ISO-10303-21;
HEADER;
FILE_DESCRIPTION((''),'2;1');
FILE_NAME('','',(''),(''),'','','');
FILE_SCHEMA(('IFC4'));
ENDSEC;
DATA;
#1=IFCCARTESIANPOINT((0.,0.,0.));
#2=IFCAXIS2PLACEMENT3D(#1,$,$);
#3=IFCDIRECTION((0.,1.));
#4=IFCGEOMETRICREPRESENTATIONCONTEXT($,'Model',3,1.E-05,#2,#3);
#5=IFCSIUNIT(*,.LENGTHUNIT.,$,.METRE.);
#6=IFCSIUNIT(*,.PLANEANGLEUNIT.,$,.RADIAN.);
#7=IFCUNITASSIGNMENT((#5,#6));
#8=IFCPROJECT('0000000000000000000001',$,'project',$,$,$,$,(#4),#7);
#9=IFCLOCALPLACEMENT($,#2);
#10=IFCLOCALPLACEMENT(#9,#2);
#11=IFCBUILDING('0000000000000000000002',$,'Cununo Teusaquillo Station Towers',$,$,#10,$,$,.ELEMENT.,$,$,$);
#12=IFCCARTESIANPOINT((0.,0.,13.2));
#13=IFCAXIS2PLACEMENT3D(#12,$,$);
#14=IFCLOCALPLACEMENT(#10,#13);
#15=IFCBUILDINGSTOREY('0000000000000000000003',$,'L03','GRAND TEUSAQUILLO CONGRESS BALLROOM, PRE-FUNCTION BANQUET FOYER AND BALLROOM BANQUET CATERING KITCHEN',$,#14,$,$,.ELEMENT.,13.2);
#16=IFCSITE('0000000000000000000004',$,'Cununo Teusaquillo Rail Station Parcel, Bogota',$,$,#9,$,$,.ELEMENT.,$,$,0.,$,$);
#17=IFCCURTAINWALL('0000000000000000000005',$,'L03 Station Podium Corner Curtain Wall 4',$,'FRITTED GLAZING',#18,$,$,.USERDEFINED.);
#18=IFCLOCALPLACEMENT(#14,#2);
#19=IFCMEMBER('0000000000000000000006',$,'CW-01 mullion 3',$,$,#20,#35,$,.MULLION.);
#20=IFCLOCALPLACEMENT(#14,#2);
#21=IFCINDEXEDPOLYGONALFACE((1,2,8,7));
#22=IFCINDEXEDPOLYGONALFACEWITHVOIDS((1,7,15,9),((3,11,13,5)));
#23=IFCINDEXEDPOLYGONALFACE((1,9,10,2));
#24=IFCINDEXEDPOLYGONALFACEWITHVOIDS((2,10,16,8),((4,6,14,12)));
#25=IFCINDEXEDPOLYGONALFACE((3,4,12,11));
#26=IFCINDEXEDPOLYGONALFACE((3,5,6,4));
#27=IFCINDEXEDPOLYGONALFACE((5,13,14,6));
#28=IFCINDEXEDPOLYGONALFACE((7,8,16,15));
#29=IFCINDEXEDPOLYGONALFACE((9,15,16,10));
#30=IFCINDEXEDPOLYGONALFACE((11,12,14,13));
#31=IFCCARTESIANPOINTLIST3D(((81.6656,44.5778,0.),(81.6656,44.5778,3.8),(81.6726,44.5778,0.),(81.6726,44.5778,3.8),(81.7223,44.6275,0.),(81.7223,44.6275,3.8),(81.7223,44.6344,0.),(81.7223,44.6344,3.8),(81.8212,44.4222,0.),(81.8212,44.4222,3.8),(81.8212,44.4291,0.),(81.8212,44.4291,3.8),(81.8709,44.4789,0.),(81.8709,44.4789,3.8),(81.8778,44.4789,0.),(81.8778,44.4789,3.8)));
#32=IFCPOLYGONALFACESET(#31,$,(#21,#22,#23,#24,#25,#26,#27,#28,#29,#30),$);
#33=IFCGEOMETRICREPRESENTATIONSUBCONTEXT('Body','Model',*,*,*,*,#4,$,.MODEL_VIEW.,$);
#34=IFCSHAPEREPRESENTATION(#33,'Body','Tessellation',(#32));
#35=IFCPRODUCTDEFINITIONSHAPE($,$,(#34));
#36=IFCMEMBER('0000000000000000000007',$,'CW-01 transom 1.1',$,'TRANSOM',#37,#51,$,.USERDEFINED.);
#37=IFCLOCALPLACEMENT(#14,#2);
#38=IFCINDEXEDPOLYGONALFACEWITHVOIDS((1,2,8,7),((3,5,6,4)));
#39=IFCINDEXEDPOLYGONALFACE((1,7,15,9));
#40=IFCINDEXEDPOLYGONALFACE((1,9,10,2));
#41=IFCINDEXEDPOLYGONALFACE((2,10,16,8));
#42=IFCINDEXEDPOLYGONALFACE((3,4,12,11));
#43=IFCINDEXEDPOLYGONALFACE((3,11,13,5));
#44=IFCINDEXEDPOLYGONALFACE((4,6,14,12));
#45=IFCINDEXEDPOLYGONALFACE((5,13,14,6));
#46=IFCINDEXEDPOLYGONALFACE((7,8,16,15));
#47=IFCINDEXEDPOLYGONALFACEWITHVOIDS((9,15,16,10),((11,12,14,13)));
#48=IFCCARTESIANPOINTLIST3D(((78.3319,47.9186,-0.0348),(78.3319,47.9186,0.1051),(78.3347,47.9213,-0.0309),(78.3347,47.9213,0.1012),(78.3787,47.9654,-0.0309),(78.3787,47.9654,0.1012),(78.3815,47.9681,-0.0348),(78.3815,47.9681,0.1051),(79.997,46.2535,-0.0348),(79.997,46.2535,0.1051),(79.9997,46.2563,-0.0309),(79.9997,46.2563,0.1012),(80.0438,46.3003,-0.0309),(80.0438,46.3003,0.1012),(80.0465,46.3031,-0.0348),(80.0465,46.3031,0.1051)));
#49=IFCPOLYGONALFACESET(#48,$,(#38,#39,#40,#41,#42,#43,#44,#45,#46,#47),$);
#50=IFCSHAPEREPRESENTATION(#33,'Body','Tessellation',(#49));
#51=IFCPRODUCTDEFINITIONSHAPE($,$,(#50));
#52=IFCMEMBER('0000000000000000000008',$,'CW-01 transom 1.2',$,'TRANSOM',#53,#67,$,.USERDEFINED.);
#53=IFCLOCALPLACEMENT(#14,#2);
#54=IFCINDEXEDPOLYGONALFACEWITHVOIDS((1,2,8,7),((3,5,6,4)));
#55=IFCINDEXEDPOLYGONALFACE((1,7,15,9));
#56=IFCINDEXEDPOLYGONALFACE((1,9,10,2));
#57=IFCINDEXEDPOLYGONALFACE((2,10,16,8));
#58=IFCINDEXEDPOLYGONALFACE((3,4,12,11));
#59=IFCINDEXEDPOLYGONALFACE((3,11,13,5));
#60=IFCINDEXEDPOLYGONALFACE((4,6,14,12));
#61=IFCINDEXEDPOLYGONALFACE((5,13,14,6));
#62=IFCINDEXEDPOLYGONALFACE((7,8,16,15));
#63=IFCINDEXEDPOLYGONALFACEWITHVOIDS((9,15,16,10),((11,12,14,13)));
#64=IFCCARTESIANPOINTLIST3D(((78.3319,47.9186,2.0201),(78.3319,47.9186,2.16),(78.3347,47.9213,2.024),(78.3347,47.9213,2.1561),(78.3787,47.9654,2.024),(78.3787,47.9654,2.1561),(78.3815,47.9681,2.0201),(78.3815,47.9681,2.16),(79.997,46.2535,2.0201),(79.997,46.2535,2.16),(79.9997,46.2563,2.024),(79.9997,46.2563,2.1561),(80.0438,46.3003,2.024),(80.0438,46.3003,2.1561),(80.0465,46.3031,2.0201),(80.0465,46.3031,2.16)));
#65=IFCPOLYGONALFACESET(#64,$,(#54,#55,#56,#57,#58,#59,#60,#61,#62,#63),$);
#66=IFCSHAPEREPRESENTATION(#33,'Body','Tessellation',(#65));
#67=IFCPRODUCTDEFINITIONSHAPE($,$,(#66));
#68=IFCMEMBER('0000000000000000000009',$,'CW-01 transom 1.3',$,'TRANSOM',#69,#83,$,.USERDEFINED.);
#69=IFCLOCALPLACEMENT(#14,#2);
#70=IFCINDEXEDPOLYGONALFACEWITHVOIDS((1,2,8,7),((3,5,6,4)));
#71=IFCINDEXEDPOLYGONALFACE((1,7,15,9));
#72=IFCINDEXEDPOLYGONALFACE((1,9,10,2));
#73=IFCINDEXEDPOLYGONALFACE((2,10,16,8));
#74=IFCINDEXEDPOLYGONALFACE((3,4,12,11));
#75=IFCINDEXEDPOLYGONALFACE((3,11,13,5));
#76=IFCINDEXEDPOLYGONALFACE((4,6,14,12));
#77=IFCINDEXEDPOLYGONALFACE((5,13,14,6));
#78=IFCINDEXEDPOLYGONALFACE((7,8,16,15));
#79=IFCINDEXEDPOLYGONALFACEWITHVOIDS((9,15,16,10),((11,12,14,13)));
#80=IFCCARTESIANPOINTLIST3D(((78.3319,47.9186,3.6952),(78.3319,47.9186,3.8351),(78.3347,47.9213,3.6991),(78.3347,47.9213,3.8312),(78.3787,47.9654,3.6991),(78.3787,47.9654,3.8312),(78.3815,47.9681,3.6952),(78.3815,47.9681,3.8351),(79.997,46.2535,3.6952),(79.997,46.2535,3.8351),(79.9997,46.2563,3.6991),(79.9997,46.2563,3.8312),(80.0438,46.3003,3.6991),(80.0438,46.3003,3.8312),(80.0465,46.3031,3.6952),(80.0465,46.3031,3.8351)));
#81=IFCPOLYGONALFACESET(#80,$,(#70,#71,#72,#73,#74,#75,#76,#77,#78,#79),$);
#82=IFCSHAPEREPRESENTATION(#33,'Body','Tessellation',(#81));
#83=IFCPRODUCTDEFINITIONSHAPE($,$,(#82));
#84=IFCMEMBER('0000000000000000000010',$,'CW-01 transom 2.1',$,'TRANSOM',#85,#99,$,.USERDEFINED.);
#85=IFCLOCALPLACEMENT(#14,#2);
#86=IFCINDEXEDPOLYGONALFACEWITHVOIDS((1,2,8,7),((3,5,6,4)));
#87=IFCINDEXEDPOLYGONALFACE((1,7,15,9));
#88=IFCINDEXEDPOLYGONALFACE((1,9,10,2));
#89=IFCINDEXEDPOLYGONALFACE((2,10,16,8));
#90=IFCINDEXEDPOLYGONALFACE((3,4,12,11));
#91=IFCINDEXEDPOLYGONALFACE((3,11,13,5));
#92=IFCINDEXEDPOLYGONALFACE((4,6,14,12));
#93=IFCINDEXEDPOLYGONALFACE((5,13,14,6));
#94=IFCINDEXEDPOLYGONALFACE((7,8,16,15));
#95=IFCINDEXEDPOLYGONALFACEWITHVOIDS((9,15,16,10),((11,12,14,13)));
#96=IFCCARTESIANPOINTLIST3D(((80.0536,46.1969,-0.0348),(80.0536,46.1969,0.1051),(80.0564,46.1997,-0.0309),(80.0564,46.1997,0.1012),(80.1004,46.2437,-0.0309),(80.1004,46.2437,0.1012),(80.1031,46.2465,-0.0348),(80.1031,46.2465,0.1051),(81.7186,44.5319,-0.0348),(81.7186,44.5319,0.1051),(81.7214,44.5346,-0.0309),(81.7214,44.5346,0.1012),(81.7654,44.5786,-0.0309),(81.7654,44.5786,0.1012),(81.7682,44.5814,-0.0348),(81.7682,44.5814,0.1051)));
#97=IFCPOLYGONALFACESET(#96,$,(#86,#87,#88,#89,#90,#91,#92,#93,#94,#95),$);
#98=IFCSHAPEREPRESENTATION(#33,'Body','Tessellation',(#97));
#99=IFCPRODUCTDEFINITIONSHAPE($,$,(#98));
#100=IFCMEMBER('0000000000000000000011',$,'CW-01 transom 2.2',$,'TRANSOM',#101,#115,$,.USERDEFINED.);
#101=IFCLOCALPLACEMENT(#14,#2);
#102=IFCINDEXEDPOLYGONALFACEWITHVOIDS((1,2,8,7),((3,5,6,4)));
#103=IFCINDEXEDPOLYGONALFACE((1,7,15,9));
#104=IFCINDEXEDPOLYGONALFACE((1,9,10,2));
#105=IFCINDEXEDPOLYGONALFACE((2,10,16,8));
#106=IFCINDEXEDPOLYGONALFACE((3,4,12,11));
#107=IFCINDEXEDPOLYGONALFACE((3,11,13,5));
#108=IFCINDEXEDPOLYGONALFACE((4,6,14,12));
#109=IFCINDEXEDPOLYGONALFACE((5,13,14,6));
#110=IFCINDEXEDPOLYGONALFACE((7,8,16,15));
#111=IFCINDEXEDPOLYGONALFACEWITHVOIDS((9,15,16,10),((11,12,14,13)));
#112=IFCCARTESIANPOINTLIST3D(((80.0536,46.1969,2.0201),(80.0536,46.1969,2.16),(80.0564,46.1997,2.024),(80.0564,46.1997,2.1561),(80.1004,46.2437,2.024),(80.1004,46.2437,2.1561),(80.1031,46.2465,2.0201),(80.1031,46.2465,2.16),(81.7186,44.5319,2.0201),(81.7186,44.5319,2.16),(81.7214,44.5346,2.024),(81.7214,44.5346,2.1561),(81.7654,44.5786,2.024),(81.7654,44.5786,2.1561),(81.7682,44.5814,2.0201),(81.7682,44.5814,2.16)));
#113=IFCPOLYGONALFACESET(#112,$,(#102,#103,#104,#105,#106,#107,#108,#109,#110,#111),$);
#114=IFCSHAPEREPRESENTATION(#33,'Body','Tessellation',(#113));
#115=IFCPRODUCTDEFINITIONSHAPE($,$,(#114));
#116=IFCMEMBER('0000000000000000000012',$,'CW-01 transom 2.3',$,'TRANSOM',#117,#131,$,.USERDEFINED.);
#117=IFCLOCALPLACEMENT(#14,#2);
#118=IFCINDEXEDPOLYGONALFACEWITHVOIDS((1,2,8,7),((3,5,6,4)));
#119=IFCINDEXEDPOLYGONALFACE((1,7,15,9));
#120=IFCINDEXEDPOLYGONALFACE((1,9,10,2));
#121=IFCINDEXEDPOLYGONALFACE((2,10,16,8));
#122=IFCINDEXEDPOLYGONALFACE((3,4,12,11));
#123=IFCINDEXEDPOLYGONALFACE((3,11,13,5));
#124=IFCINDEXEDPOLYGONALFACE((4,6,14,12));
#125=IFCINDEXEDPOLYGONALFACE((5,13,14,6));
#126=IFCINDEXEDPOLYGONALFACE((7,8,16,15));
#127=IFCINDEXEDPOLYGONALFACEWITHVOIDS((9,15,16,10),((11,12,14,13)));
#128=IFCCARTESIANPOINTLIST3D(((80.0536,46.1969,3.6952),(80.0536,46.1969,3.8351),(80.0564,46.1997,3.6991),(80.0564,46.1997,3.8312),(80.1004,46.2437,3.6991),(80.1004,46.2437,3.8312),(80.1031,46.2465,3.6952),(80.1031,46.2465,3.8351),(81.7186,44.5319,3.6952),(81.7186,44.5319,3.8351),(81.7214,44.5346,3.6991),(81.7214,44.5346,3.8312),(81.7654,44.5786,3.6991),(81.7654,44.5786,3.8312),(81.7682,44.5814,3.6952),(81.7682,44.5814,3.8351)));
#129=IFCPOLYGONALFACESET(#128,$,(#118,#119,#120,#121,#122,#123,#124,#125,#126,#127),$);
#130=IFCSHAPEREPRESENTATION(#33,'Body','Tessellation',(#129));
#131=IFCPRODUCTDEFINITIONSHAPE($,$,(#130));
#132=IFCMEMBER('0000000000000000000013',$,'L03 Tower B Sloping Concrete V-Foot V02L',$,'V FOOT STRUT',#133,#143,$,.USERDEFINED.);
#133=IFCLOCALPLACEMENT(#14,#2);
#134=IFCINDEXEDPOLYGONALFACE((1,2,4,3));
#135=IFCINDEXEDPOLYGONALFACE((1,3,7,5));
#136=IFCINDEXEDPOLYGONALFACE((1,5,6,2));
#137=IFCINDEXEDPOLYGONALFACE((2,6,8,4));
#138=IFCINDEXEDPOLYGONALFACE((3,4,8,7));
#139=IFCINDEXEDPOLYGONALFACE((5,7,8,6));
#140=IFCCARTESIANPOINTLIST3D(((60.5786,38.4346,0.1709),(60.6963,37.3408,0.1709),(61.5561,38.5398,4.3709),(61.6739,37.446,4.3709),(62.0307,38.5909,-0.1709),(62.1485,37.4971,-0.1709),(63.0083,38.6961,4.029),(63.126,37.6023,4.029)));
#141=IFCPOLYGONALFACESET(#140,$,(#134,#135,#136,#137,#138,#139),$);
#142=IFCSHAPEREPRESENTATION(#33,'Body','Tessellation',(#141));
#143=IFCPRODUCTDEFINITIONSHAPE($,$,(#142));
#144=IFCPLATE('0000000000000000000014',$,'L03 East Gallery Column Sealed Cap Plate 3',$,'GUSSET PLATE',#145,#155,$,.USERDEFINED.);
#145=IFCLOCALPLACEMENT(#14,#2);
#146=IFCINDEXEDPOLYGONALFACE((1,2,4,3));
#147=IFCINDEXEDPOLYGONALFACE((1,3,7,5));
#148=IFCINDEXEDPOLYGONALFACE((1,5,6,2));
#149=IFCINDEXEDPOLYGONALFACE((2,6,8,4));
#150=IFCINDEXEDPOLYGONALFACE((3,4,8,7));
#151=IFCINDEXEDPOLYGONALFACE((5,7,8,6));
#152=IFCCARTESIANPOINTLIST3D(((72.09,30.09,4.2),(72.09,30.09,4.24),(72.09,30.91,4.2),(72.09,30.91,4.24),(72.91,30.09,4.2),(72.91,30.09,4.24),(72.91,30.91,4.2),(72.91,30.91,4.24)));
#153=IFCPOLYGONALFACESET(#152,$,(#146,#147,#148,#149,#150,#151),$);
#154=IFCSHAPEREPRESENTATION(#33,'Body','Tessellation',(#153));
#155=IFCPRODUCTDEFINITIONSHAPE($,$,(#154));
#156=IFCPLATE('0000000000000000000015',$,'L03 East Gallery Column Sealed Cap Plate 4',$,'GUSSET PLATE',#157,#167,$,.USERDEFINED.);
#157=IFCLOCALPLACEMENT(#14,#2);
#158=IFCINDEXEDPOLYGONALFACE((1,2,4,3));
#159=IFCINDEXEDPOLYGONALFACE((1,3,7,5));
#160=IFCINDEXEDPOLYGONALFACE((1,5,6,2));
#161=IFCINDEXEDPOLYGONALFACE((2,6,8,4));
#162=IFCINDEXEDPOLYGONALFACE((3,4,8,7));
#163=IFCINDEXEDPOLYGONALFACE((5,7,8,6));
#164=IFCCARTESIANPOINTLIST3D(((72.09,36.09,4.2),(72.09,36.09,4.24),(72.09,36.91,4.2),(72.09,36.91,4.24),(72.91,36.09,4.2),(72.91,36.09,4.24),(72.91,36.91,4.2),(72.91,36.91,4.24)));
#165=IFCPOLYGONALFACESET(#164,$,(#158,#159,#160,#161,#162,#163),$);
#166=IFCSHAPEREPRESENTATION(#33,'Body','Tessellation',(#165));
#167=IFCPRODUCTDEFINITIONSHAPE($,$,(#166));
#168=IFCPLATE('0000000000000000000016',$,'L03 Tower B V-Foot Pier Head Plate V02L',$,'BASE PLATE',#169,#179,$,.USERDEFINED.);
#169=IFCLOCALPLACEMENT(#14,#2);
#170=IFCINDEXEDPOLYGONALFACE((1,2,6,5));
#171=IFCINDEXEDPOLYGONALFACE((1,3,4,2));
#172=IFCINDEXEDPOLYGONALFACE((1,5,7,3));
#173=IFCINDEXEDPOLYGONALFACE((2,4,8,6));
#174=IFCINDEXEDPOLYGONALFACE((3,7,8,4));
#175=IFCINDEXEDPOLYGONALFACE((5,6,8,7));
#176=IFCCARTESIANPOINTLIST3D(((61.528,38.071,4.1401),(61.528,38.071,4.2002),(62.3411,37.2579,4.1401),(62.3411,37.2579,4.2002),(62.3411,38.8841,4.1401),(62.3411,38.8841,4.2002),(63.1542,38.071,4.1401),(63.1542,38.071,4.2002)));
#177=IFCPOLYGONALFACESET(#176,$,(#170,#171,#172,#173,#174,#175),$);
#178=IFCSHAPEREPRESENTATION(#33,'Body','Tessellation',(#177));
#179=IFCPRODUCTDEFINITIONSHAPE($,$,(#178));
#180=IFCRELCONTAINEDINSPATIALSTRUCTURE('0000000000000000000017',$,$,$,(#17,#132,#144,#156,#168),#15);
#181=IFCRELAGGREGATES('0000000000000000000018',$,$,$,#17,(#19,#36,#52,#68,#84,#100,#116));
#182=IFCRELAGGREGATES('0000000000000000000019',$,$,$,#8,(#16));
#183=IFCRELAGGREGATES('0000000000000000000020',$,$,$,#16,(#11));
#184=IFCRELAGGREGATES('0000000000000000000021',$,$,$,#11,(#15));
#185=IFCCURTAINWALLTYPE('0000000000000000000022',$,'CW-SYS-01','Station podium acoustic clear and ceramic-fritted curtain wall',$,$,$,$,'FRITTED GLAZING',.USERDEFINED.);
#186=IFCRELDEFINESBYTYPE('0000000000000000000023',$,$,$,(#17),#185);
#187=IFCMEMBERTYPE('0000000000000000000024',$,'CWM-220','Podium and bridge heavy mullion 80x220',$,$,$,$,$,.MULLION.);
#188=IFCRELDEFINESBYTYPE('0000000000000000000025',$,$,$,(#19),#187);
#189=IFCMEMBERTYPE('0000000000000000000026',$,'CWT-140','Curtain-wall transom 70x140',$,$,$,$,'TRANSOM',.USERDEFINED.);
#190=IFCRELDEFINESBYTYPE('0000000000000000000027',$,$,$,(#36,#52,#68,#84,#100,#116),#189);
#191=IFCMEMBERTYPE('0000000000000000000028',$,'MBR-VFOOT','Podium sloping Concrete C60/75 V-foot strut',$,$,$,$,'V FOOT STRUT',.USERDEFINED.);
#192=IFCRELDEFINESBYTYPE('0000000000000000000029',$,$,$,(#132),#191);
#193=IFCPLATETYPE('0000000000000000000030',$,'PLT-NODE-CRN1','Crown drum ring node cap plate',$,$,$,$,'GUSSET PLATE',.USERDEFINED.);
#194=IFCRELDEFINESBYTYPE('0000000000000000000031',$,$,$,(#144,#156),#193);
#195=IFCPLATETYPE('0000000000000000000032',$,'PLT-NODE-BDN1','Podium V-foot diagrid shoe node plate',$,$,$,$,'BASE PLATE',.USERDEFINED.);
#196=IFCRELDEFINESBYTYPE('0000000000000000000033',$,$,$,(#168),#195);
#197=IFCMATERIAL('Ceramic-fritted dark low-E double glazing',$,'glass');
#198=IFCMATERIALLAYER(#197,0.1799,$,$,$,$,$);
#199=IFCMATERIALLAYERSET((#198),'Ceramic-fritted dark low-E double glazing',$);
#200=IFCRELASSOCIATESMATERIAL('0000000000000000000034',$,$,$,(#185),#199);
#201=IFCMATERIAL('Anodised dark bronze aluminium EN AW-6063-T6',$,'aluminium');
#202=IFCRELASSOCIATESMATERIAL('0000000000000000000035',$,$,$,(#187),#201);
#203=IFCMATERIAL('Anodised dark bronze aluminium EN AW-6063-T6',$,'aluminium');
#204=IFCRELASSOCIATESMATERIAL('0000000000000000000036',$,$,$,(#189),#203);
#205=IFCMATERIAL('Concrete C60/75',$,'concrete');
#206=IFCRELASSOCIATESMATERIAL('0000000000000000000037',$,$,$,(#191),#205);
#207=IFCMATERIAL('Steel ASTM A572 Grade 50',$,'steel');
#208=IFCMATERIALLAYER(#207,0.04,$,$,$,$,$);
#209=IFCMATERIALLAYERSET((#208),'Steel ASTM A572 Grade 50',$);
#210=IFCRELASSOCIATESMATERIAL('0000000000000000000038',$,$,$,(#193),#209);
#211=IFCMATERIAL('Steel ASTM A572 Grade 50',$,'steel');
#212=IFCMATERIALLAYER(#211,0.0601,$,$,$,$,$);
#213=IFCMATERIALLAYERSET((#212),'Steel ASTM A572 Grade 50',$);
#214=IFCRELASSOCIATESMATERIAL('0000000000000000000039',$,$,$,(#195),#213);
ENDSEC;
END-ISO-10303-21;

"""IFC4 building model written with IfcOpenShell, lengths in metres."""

from ifc_helpers import new_model, si_unit, direction, frame, origin, origin_2d, place, context, subcontext, project, spatial, rectangle, hollow_rectangle, extrude, source, transform, mapped, material, layer, layer_set, material_profile, profile_set, type_object, element, aggregate, save


model = new_model("IFC4")

# Units and contexts
model_context = context("Model", 3, precision=1e-05, world=origin(), true_north=direction((0.0, 1.0)))
body_context = subcontext(model_context, "Body", "Model", "MODEL_VIEW")
ifc_project = project(units=[si_unit("LENGTHUNIT", "METRE"), si_unit("PLANEANGLEUNIT", "RADIAN")], contexts=[model_context])

# Site, building, storey
site_placement = place(None, origin())
site = spatial("IfcSite", under=ifc_project, at=site_placement, Name="Cununo Teusaquillo Rail Station Parcel, Bogota", CompositionType="ELEMENT", RefElevation=0.0)
building_placement = place(site_placement, origin())
building = spatial("IfcBuilding", under=site, at=building_placement, Name="Cununo Teusaquillo Station Towers", CompositionType="ELEMENT")
storey_placement = place(building_placement, frame((0.0, 0.0, 13.2)))
storey = spatial("IfcBuildingStorey", under=building, at=storey_placement, Name="L03", Description="GRAND TEUSAQUILLO CONGRESS BALLROOM, PRE-FUNCTION BANQUET FOYER AND BALLROOM BANQUET CATERING KITCHEN", CompositionType="ELEMENT", Elevation=13.2)

# Curtain wall, members
ifc_material_1 = material(Name="Ceramic-fritted dark low-E double glazing", Category="glass")
ifc_layer_1 = layer(ifc_material_1, 0.1799)
ifc_layer_set_1 = layer_set([ifc_layer_1], Name="Ceramic-fritted dark low-E double glazing")
curtain_wall_type = type_object("IfcCurtainWallType", Name="CW-SYS-01", Description="Station podium acoustic clear and ceramic-fritted curtain wall", ElementType="FRITTED GLAZING", PredefinedType="USERDEFINED", material=ifc_layer_set_1)
curtain_wall_placement = place(storey_placement, origin())
curtain_wall = element("IfcCurtainWall", 1, at=curtain_wall_placement, inside=storey, type_object=curtain_wall_type, Name="L03 Station Podium Corner Curtain Wall 4", ObjectType="FRITTED GLAZING", PredefinedType="USERDEFINED")
ifc_material_2 = material(Name="Anodised dark bronze aluminium EN AW-6063-T6", Category="aluminium")
ifc_material_profile_1 = material_profile(ifc_material_2, hollow_rectangle(XDim=0.0801, YDim=0.22, WallThickness=0.0049, at=origin_2d()), Name="CW-MULL-80x220")
ifc_profile_set_1 = profile_set([ifc_material_profile_1], Name="Anodised dark bronze aluminium EN AW-6063-T6")
member_type_1 = type_object("IfcMemberType", Name="CWM-220", Description="Podium and bridge heavy mullion 80x220", PredefinedType="MULLION", material=ifc_profile_set_1)
member_1_placement = place(storey_placement, frame((81.7717, 44.5283, 0.0), z_axis=(0.0, 0.0, 1.0), x_axis=(0.707107, 0.707107, 0.0)))
member_1 = element("IfcMember", 2, at=member_1_placement, type_object=member_type_1, Name="CW-01 mullion 3", PredefinedType="MULLION", context=body_context, shape_type="SweptSolid", body=[
    extrude(hollow_rectangle(XDim=0.0801, YDim=0.22, WallThickness=0.0049, at=origin_2d()), origin(), (0.0, 0.0, 1.0), 3.8),
])
ifc_material_3 = material(Name="Anodised dark bronze aluminium EN AW-6063-T6", Category="aluminium")
ifc_material_profile_2 = material_profile(ifc_material_3, hollow_rectangle(XDim=0.0701, YDim=0.1399, WallThickness=0.0039, at=origin_2d()), Name="CW-TRAN-70x140")
ifc_profile_set_2 = profile_set([ifc_material_profile_2], Name="Anodised dark bronze aluminium EN AW-6063-T6")
member_type_2 = type_object("IfcMemberType", Name="CWT-140", Description="Curtain-wall transom 70x140", ElementType="TRANSOM", PredefinedType="USERDEFINED", material=ifc_profile_set_2)
member_2_placement = place(storey_placement, frame((78.3567, 47.9434, 0.0352), z_axis=(0.707107, -0.707107, 0.0), x_axis=(0.707107, 0.707107, 0.0)))
member_2 = element("IfcMember", 3, at=member_2_placement, type_object=member_type_2, Name="CW-01 transom 1.1", ObjectType="TRANSOM", PredefinedType="USERDEFINED", context=body_context, shape_type="SweptSolid", body=[
    extrude(hollow_rectangle(XDim=0.0701, YDim=0.1399, WallThickness=0.0039, at=origin_2d()), origin(), (0.0, 0.0, 1.0), 2.3547),
])
member_3_placement = place(storey_placement, frame((78.3567, 47.9434, 2.0901), z_axis=(0.707107, -0.707107, 0.0), x_axis=(0.707107, 0.707107, 0.0)))
member_3 = element("IfcMember", 4, at=member_3_placement, type_object=member_type_2, Name="CW-01 transom 1.2", ObjectType="TRANSOM", PredefinedType="USERDEFINED", context=body_context, shape_type="SweptSolid", body=[
    extrude(hollow_rectangle(XDim=0.0701, YDim=0.1399, WallThickness=0.0039, at=origin_2d()), origin(), (0.0, 0.0, 1.0), 2.3547),
])
member_4_placement = place(storey_placement, frame((78.3567, 47.9434, 3.7651), z_axis=(0.707107, -0.707107, 0.0), x_axis=(0.707107, 0.707107, 0.0)))
member_4 = element("IfcMember", 5, at=member_4_placement, type_object=member_type_2, Name="CW-01 transom 1.3", ObjectType="TRANSOM", PredefinedType="USERDEFINED", context=body_context, shape_type="SweptSolid", body=[
    extrude(hollow_rectangle(XDim=0.0701, YDim=0.1399, WallThickness=0.0039, at=origin_2d()), origin(), (0.0, 0.0, 1.0), 2.3547),
])
member_5_placement = place(storey_placement, frame((80.0784, 46.2217, 0.0352), z_axis=(0.707107, -0.707107, 0.0), x_axis=(0.707107, 0.707107, 0.0)))
member_5 = element("IfcMember", 6, at=member_5_placement, type_object=member_type_2, Name="CW-01 transom 2.1", ObjectType="TRANSOM", PredefinedType="USERDEFINED", context=body_context, shape_type="SweptSolid", body=[
    extrude(hollow_rectangle(XDim=0.0701, YDim=0.1399, WallThickness=0.0039, at=origin_2d()), origin(), (0.0, 0.0, 1.0), 2.3547),
])
member_6_placement = place(storey_placement, frame((80.0784, 46.2217, 2.0901), z_axis=(0.707107, -0.707107, 0.0), x_axis=(0.707107, 0.707107, 0.0)))
member_6 = element("IfcMember", 7, at=member_6_placement, type_object=member_type_2, Name="CW-01 transom 2.2", ObjectType="TRANSOM", PredefinedType="USERDEFINED", context=body_context, shape_type="SweptSolid", body=[
    extrude(hollow_rectangle(XDim=0.0701, YDim=0.1399, WallThickness=0.0039, at=origin_2d()), origin(), (0.0, 0.0, 1.0), 2.3547),
])
member_7_placement = place(storey_placement, frame((80.0784, 46.2217, 3.7651), z_axis=(0.707107, -0.707107, 0.0), x_axis=(0.707107, 0.707107, 0.0)))
member_7 = element("IfcMember", 8, at=member_7_placement, type_object=member_type_2, Name="CW-01 transom 2.3", ObjectType="TRANSOM", PredefinedType="USERDEFINED", context=body_context, shape_type="SweptSolid", body=[
    extrude(hollow_rectangle(XDim=0.0701, YDim=0.1399, WallThickness=0.0039, at=origin_2d()), origin(), (0.0, 0.0, 1.0), 2.3547),
])

# Member
ifc_material_4 = material(Name="Concrete C60/75", Category="concrete")
ifc_material_profile_3 = material_profile(ifc_material_4, rectangle(XDim=1.1001, YDim=1.5, at=origin_2d()), Name="RC-RECT-1500x1100")
ifc_profile_set_3 = profile_set([ifc_material_profile_3], Name="Concrete C60/75")
member_type_3 = type_object("IfcMemberType", Name="MBR-VFOOT", Description="Podium sloping Concrete C60/75 V-foot strut", ElementType="V FOOT STRUT", PredefinedType="USERDEFINED", material=ifc_profile_set_3)
member_8_placement = place(storey_placement, frame((61.3635, 37.9658, 0.0), z_axis=(0.226623, 0.024394, 0.973677), x_axis=(-0.107024, 0.994256, 0.0)))
element("IfcMember", 9, at=member_8_placement, inside=storey, type_object=member_type_3, Name="L03 Tower B Sloping Concrete V-Foot V02L", ObjectType="V FOOT STRUT", PredefinedType="USERDEFINED", context=body_context, shape_type="SweptSolid", body=[
    extrude(rectangle(XDim=1.1001, YDim=1.5, at=origin_2d()), origin(), (0.0, 0.0, 1.0), 4.3135),
])

# Plates
ifc_material_5 = material(Name="Steel ASTM A572 Grade 50", Category="steel")
ifc_layer_2 = layer(ifc_material_5, 0.04)
ifc_layer_set_2 = layer_set([ifc_layer_2], Name="Steel ASTM A572 Grade 50")
plate_type_1 = type_object("IfcPlateType", Name="PLT-NODE-CRN1", Description="Crown drum ring node cap plate", ElementType="GUSSET PLATE", PredefinedType="USERDEFINED", material=ifc_layer_set_2)
shared_shape_1 = source(origin(), body_context, "Body", "SweptSolid", [
    extrude(rectangle(XDim=0.8201, YDim=0.8201, at=origin_2d()), origin(), (0.0, 0.0, 1.0), 0.04),
])
for number, where, z_axis, x_axis, name in (
    (10, (72.5, 30.5, 4.2), (0.0, 0.0, 1.0), (1.0, 0.0, 0.0), "L03 East Gallery Column Sealed Cap Plate 3"),
    (11, (72.5, 36.5, 4.2), (0.0, 0.0, 1.0), (1.0, 0.0, 0.0), "L03 East Gallery Column Sealed Cap Plate 4"),
):
    element("IfcPlate", number, at=place(storey_placement, frame(where, z_axis=z_axis, x_axis=x_axis)), inside=storey, type_object=plate_type_1, Name=name, ObjectType="GUSSET PLATE", PredefinedType="USERDEFINED", context=body_context, shape_type="MappedRepresentation", body=[
        mapped(shared_shape_1, transform((0.0, 0.0, 0.0), x_axis=(1.0, 0.0, 0.0), y_axis=(0.0, 1.0, 0.0), z_axis=(0.0, 0.0, 1.0), scale=1.0)),
    ])
ifc_material_6 = material(Name="Steel ASTM A572 Grade 50", Category="steel")
ifc_layer_3 = layer(ifc_material_6, 0.0601)
ifc_layer_set_3 = layer_set([ifc_layer_3], Name="Steel ASTM A572 Grade 50")
plate_type_2 = type_object("IfcPlateType", Name="PLT-NODE-BDN1", Description="Podium V-foot diagrid shoe node plate", ElementType="BASE PLATE", PredefinedType="USERDEFINED", material=ifc_layer_set_3)
shared_shape_2 = source(origin(), body_context, "Body", "SweptSolid", [
    extrude(rectangle(XDim=1.1499, YDim=1.1499, at=origin_2d()), origin(), (0.0, 0.0, 1.0), 0.0601),
])
for number, where, z_axis, x_axis, name in (
    (12, (62.3411, 38.071, 4.1401), (0.0, 0.0, 1.0), (0.707107, 0.707107, 0.0), "L03 Tower B V-Foot Pier Head Plate V02L"),
):
    element("IfcPlate", number, at=place(storey_placement, frame(where, z_axis=z_axis, x_axis=x_axis)), inside=storey, type_object=plate_type_2, Name=name, ObjectType="BASE PLATE", PredefinedType="USERDEFINED", context=body_context, shape_type="MappedRepresentation", body=[
        mapped(shared_shape_2, transform((0.0, 0.0, 0.0), x_axis=(1.0, 0.0, 0.0), y_axis=(0.0, 1.0, 0.0), z_axis=(0.0, 0.0, 1.0), scale=1.0)),
    ])

aggregate(curtain_wall, [member_1, member_2, member_3, member_4, member_5, member_6, member_7])

save(model, "model.ifc")
